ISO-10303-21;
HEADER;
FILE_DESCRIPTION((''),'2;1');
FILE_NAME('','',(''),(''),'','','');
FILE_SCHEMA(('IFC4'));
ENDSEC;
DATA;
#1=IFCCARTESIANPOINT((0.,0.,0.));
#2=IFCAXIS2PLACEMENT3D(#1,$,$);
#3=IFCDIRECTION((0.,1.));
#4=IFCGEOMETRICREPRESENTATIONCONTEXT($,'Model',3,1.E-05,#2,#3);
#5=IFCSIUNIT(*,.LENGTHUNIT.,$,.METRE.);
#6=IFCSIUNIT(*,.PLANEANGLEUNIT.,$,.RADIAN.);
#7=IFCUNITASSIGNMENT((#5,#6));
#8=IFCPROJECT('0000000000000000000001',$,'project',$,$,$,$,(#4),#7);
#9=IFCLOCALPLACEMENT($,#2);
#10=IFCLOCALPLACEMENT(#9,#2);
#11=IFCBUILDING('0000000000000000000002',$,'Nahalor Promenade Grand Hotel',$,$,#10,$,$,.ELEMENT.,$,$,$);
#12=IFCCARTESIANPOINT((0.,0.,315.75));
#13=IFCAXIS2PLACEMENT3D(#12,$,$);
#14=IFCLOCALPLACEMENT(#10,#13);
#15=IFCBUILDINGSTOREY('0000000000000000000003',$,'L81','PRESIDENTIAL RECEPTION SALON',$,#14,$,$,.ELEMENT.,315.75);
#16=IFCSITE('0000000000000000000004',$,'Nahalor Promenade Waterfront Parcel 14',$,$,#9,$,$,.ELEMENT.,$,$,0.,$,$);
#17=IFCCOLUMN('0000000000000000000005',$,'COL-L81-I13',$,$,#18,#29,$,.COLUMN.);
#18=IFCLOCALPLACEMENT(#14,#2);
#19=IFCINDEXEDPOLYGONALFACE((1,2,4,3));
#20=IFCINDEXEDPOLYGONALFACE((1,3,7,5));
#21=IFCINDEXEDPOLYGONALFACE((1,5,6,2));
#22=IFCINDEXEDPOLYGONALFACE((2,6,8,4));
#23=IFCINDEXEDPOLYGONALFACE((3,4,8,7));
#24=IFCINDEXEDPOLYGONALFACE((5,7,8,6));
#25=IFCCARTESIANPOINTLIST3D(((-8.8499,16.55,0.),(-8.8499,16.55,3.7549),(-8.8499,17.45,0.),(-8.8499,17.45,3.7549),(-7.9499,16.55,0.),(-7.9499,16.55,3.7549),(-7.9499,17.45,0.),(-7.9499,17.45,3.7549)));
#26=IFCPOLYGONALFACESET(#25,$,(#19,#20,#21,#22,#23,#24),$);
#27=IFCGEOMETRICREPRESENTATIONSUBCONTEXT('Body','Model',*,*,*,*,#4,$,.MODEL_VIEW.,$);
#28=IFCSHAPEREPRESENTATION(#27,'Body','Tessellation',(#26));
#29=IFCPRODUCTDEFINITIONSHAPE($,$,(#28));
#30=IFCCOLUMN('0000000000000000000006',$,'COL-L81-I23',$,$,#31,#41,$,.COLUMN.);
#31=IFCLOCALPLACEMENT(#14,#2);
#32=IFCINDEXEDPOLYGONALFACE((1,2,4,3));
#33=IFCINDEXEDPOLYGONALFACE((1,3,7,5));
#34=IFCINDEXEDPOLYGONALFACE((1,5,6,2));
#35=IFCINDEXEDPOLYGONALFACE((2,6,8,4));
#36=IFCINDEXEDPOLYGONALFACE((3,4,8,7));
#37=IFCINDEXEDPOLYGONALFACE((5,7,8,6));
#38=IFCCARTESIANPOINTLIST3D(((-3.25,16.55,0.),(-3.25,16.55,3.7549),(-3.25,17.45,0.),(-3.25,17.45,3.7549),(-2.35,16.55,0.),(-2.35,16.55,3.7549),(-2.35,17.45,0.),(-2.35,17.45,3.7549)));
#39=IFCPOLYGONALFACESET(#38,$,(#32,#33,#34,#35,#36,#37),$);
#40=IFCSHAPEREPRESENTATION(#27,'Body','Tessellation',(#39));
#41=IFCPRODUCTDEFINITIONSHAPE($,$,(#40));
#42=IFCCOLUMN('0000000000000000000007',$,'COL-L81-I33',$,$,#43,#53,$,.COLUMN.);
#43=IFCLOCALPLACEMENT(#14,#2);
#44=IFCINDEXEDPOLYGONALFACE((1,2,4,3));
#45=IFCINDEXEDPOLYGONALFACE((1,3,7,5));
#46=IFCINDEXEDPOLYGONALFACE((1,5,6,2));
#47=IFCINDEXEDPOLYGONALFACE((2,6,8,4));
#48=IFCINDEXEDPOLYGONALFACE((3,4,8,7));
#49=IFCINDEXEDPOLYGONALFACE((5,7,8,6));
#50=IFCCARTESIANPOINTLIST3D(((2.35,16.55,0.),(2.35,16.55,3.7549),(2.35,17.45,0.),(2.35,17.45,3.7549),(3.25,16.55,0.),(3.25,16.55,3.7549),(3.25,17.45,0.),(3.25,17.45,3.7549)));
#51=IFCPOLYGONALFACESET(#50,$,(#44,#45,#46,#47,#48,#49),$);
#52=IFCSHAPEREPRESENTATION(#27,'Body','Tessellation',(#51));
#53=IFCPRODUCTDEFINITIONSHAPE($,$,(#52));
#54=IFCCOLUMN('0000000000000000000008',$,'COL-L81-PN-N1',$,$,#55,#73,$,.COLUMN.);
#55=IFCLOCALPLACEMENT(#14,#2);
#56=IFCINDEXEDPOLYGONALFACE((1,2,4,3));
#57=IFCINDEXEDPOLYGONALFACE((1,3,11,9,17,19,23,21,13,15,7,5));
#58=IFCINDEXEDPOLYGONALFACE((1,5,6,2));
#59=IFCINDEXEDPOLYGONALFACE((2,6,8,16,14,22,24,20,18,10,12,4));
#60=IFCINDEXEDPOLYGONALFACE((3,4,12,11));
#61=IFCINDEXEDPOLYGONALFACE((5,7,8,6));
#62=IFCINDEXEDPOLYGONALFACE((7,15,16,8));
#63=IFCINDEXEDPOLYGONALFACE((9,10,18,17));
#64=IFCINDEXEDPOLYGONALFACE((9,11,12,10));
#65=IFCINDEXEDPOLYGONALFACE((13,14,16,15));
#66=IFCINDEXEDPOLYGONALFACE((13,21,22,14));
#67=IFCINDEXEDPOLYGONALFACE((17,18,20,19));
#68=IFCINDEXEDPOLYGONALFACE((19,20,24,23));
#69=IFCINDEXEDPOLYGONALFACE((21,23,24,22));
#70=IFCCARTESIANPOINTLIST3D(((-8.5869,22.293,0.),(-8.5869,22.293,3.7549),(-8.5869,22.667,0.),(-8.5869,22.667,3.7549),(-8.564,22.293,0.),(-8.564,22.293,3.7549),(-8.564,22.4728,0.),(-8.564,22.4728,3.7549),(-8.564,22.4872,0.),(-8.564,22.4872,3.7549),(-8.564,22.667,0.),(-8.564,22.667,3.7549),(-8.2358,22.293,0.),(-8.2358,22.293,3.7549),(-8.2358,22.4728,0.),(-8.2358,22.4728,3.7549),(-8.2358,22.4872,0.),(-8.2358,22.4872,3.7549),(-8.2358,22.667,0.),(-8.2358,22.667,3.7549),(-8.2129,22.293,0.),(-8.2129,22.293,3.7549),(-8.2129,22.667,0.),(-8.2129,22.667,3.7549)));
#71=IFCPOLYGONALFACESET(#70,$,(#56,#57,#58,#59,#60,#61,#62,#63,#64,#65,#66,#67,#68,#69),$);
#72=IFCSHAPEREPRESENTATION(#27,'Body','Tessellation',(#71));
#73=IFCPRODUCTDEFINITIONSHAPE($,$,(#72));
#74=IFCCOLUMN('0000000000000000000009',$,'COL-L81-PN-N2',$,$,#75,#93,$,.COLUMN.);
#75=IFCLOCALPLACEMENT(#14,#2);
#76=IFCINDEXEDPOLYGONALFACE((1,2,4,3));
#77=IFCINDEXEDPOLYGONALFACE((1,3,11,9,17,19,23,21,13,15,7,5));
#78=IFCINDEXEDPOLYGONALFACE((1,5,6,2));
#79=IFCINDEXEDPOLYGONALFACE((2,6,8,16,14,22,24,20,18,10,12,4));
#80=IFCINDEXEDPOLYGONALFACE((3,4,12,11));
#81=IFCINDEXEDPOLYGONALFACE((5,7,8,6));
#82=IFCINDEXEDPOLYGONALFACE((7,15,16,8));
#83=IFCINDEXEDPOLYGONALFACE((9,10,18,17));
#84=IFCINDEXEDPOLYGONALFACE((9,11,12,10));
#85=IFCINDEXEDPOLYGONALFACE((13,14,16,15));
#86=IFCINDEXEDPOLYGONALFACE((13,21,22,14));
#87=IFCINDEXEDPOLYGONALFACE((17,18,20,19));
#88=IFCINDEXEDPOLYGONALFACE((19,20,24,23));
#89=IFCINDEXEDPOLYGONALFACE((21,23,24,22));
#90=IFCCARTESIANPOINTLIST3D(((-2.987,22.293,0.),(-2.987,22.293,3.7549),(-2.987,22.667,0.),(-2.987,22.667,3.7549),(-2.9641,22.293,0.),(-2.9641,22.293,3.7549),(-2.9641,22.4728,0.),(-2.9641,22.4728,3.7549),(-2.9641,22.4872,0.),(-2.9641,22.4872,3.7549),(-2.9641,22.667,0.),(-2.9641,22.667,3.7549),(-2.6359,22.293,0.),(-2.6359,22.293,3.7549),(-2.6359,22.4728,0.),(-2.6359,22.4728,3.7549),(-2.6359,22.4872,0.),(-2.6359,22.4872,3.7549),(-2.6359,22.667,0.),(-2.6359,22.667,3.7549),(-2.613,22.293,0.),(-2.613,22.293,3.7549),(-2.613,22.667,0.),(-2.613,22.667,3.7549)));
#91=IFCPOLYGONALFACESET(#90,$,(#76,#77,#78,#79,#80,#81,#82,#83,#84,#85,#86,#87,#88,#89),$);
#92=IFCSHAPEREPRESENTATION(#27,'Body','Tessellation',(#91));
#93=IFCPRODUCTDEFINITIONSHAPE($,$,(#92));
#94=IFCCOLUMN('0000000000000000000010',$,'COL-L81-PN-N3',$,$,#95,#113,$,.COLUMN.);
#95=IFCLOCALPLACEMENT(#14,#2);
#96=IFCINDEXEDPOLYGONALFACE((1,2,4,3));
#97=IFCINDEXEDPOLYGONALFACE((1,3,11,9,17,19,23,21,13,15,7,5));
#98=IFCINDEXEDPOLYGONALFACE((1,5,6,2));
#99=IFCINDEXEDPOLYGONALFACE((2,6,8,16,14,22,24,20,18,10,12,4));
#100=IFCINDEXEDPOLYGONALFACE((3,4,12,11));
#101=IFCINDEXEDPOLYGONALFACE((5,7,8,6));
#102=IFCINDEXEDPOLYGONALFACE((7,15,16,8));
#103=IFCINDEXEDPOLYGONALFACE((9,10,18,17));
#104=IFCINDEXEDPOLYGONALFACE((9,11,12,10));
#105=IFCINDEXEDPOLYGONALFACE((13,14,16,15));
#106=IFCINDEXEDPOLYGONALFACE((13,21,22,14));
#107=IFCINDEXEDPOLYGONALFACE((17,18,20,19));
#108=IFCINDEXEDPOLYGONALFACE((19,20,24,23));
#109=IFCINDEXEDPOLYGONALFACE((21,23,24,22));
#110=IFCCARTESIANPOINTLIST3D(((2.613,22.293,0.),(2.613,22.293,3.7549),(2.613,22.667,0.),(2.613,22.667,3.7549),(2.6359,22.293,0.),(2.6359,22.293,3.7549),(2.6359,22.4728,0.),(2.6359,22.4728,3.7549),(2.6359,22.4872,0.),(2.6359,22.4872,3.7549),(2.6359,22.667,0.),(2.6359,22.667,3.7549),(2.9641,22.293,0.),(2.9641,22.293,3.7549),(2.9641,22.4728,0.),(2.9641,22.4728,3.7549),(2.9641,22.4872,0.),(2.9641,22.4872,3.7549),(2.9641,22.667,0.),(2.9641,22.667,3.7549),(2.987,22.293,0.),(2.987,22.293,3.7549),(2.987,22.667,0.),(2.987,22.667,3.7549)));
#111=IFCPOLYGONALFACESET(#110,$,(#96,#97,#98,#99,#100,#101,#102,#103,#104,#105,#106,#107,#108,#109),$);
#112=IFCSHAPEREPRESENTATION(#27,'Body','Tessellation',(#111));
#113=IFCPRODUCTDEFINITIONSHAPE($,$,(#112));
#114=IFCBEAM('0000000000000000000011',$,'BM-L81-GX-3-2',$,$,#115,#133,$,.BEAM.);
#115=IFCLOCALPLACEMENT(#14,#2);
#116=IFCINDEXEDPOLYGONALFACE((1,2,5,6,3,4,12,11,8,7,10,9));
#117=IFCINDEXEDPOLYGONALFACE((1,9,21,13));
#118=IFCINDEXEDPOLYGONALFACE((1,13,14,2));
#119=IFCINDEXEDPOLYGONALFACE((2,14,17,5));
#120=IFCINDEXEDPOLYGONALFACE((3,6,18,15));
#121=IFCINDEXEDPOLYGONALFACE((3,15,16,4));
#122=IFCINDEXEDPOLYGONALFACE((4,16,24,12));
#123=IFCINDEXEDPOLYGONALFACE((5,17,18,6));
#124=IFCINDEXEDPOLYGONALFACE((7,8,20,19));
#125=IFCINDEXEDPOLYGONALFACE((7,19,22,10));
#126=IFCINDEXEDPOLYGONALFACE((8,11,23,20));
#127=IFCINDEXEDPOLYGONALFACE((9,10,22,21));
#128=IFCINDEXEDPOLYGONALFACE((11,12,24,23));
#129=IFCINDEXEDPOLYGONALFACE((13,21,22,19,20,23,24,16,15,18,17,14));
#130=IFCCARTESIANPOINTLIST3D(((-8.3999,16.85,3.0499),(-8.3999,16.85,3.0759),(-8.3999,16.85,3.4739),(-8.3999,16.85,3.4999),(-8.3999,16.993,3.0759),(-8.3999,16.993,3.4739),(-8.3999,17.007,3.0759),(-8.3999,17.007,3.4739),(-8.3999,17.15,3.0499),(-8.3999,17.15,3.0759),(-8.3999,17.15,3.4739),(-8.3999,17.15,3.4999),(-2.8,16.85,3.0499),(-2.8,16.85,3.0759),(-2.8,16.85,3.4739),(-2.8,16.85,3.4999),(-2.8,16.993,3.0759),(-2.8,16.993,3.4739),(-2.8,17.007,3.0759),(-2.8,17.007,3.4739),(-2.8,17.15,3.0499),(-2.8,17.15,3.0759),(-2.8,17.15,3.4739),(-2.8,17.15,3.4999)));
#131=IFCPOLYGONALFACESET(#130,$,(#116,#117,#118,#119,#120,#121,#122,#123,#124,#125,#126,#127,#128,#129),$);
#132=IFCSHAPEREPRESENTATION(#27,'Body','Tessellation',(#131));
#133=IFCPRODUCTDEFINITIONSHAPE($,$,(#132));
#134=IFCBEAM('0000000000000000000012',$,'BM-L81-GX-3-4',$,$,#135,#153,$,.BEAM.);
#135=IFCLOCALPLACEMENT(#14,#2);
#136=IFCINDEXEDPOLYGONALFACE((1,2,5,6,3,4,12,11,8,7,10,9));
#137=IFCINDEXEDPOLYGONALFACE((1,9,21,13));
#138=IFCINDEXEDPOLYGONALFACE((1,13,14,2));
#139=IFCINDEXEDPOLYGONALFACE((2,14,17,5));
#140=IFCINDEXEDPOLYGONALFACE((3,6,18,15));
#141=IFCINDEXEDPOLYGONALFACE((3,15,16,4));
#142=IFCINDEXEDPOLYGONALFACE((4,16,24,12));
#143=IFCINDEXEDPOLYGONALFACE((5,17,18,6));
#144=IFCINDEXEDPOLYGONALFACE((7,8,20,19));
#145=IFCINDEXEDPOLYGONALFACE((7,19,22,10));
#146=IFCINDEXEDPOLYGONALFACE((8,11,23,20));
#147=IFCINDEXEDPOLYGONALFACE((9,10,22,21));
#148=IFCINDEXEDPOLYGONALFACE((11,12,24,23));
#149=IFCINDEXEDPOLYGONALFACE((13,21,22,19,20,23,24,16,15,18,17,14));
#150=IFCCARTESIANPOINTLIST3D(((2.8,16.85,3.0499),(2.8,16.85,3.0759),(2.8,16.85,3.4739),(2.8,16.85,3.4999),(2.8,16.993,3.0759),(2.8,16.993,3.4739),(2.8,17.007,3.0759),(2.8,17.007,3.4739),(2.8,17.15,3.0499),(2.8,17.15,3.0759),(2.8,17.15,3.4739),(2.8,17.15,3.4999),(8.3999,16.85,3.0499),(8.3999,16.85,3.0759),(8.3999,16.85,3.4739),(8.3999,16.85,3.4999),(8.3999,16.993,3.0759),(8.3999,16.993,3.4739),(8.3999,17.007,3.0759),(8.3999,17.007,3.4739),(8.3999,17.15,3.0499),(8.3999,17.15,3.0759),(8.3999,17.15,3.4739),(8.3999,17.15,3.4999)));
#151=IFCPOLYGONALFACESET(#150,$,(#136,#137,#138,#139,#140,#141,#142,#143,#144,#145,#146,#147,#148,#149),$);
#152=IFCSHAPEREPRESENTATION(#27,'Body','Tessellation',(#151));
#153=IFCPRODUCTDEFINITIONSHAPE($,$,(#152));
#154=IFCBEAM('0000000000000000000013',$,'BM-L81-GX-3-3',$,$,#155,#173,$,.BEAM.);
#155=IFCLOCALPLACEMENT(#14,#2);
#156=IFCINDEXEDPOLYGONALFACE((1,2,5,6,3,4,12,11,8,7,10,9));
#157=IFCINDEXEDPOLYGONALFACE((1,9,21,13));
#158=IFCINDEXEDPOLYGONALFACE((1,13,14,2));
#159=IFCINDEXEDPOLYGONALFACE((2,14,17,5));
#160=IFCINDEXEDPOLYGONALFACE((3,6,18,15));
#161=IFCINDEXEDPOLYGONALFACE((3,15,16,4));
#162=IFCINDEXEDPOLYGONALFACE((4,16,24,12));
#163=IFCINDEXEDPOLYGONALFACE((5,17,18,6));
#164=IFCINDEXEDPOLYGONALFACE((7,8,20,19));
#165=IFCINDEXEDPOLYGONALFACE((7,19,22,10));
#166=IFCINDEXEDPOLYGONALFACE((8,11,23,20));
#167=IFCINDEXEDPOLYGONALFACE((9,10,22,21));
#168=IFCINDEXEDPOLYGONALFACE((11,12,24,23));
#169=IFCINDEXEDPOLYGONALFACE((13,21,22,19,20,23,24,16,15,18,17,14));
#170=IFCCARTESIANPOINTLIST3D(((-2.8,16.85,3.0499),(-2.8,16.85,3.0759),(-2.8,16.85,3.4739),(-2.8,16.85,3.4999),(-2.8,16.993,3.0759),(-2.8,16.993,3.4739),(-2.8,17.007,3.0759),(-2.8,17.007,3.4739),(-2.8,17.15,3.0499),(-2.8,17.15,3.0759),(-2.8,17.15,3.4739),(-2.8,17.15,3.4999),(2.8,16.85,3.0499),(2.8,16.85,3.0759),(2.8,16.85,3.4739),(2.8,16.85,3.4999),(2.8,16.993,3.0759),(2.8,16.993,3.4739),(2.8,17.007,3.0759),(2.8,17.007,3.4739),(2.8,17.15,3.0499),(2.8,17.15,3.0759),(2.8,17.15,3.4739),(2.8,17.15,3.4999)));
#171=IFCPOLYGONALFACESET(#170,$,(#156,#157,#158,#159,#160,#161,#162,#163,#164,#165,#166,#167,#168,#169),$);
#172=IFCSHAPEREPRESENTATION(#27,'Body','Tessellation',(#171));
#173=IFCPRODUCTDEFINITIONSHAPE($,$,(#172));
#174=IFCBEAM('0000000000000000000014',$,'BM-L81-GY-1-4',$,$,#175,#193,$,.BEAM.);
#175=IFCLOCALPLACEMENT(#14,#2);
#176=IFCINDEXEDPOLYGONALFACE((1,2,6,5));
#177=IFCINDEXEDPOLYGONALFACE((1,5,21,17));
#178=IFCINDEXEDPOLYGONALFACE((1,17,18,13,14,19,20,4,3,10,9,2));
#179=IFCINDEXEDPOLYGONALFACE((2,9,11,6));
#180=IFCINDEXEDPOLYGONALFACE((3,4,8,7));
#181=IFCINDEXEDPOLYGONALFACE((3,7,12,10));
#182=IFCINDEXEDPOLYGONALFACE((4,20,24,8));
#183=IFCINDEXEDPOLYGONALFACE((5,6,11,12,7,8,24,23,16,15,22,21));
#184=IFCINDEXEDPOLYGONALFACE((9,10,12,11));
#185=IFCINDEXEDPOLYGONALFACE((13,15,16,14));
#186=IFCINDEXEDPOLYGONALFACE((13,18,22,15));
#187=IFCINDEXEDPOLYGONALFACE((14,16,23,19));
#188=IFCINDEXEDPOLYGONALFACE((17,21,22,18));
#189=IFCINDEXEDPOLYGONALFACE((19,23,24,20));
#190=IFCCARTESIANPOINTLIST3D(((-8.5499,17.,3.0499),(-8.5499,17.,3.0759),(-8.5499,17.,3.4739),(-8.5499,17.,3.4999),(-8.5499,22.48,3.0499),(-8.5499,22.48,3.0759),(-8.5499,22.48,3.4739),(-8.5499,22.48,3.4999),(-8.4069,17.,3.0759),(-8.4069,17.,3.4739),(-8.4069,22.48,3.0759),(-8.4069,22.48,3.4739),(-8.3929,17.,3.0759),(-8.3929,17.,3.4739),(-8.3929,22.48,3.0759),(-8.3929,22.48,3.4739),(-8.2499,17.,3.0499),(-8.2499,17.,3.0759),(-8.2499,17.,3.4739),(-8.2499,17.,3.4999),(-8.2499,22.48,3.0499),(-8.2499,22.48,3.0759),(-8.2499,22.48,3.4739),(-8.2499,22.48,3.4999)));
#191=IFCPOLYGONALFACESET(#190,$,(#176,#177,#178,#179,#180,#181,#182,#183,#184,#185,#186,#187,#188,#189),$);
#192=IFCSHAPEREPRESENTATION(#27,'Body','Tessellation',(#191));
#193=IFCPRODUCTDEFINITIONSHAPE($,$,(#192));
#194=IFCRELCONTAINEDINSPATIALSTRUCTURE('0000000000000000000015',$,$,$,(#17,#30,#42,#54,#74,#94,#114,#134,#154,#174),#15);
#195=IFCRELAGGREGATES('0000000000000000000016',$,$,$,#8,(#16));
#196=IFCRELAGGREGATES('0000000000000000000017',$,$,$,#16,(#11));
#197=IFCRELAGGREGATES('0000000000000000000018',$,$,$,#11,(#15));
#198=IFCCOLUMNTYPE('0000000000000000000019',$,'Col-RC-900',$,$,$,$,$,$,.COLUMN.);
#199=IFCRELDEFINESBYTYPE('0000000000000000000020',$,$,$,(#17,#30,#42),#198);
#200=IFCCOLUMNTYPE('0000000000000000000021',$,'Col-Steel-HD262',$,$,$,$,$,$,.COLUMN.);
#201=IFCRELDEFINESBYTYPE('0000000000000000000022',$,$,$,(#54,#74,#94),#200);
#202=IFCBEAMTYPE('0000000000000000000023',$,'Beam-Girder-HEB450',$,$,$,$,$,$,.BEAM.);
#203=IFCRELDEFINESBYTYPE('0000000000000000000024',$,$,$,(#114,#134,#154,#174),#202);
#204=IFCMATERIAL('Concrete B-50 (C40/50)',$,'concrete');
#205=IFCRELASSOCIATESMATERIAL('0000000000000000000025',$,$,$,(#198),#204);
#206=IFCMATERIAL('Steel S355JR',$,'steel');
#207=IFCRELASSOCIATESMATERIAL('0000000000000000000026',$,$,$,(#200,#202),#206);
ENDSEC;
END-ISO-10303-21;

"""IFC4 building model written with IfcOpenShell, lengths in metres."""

from ifc_helpers import new_model, si_unit, direction, frame, origin, origin_2d, place, context, subcontext, project, spatial, rectangle, i_section, extrude, source, transform, mapped, material, material_profile, profile_set, type_object, element, save


model = new_model("IFC4")

# Units and contexts
model_context = context("Model", 3, precision=1e-05, world=origin(), true_north=direction((0.0, 1.0)))
body_context = subcontext(model_context, "Body", "Model", "MODEL_VIEW")
ifc_project = project(units=[si_unit("LENGTHUNIT", "METRE"), si_unit("PLANEANGLEUNIT", "RADIAN")], contexts=[model_context])

# Site, building, storey
site_placement = place(None, origin())
site = spatial("IfcSite", under=ifc_project, at=site_placement, Name="Nahalor Promenade Waterfront Parcel 14", CompositionType="ELEMENT", RefElevation=0.0)
building_placement = place(site_placement, origin())
building = spatial("IfcBuilding", under=site, at=building_placement, Name="Nahalor Promenade Grand Hotel", CompositionType="ELEMENT")
storey_placement = place(building_placement, frame((0.0, 0.0, 315.75)))
storey = spatial("IfcBuildingStorey", under=building, at=storey_placement, Name="L81", Description="PRESIDENTIAL RECEPTION SALON", CompositionType="ELEMENT", Elevation=315.75)

# Columns
ifc_material_1 = material(Name="Concrete B-50 (C40/50)", Category="concrete")
ifc_material_profile_1 = material_profile(ifc_material_1, rectangle(XDim=0.9, YDim=0.9, at=origin_2d()), Name="RC 900x900")
ifc_profile_set_1 = profile_set([ifc_material_profile_1], Name="Concrete B-50 (C40/50)")
column_type_1 = type_object("IfcColumnType", Name="Col-RC-900", PredefinedType="COLUMN", material=ifc_profile_set_1)
shared_shape_1 = source(origin(), body_context, "Body", "SweptSolid", [
    extrude(rectangle(XDim=0.9, YDim=0.9, at=origin_2d()), origin(), (0.0, 0.0, 1.0), 3.7549),
])
for number, where, z_axis, x_axis, name in (
    (1, (-8.3999, 17.0, 0.0), (0.0, 0.0, 1.0), (1.0, 0.0, 0.0), "COL-L81-I13"),
    (2, (-2.8, 17.0, 0.0), (0.0, 0.0, 1.0), (1.0, 0.0, 0.0), "COL-L81-I23"),
    (3, (2.8, 17.0, 0.0), (0.0, 0.0, 1.0), (1.0, 0.0, 0.0), "COL-L81-I33"),
):
    element("IfcColumn", number, at=place(storey_placement, frame(where, z_axis=z_axis, x_axis=x_axis)), inside=storey, type_object=column_type_1, Name=name, PredefinedType="COLUMN", context=body_context, shape_type="MappedRepresentation", body=[
        mapped(shared_shape_1, transform((0.0, 0.0, 0.0), scale=1.0)),
    ])
ifc_material_2 = material(Name="Steel S355JR", Category="steel")
ifc_material_profile_2 = material_profile(ifc_material_2, i_section(OverallWidth=0.374, OverallDepth=0.374, WebThickness=0.0144, FlangeThickness=0.0229, at=origin_2d()), Name="HD 360x262")
ifc_profile_set_2 = profile_set([ifc_material_profile_2], Name="Steel S355JR")
column_type_2 = type_object("IfcColumnType", Name="Col-Steel-HD262", PredefinedType="COLUMN", material=ifc_profile_set_2)
shared_shape_2 = source(origin(), body_context, "Body", "SweptSolid", [
    extrude(i_section(OverallWidth=0.374, OverallDepth=0.374, WebThickness=0.0144, FlangeThickness=0.0229, at=origin_2d()), origin(), (0.0, 0.0, 1.0), 3.7549),
])
for number, where, z_axis, x_axis, name in (
    (4, (-8.3999, 22.48, 0.0), (0.0, 0.0, 1.0), (0.0, 1.0, 0.0), "COL-L81-PN-N1"),
    (5, (-2.8, 22.48, 0.0), (0.0, 0.0, 1.0), (0.0, 1.0, 0.0), "COL-L81-PN-N2"),
    (6, (2.8, 22.48, 0.0), (0.0, 0.0, 1.0), (0.0, 1.0, 0.0), "COL-L81-PN-N3"),
):
    element("IfcColumn", number, at=place(storey_placement, frame(where, z_axis=z_axis, x_axis=x_axis)), inside=storey, type_object=column_type_2, Name=name, PredefinedType="COLUMN", context=body_context, shape_type="MappedRepresentation", body=[
        mapped(shared_shape_2, transform((0.0, 0.0, 0.0), scale=1.0)),
    ])

# Beams
ifc_material_profile_3 = material_profile(ifc_material_2, i_section(OverallWidth=0.3, OverallDepth=0.45, WebThickness=0.014, FlangeThickness=0.026, at=origin_2d()), Name="HEB 450")
ifc_profile_set_3 = profile_set([ifc_material_profile_3], Name="Steel S355JR")
beam_type_1 = type_object("IfcBeamType", Name="Beam-Girder-HEB450", PredefinedType="BEAM", material=ifc_profile_set_3)
shared_shape_3 = source(origin(), body_context, "Body", "SweptSolid", [
    extrude(i_section(OverallWidth=0.3, OverallDepth=0.45, WebThickness=0.014, FlangeThickness=0.026, at=origin_2d()), origin(), (0.0, 0.0, 1.0), 5.5999),
])
for number, where, z_axis, x_axis, name in (
    (7, (-8.3999, 17.0, 3.2749), (1.0, 0.0, 0.0), (0.0, 1.0, 0.0), "BM-L81-GX-3-2"),
    (8, (2.8, 17.0, 3.2749), (1.0, 0.0, 0.0), (0.0, 1.0, 0.0), "BM-L81-GX-3-4"),
):
    element("IfcBeam", number, at=place(storey_placement, frame(where, z_axis=z_axis, x_axis=x_axis)), inside=storey, type_object=beam_type_1, Name=name, PredefinedType="BEAM", context=body_context, shape_type="MappedRepresentation", body=[
        mapped(shared_shape_3, transform((0.0, 0.0, 0.0), scale=1.0)),
    ])
shared_shape_4 = source(origin(), body_context, "Body", "SweptSolid", [
    extrude(i_section(OverallWidth=0.3, OverallDepth=0.45, WebThickness=0.014, FlangeThickness=0.026, at=origin_2d()), origin(), (0.0, 0.0, 1.0), 5.6001),
])
beam_1_placement = place(storey_placement, frame((-2.8, 17.0, 3.2749), z_axis=(1.0, 0.0, 0.0), x_axis=(0.0, 1.0, 0.0)))
element("IfcBeam", 9, at=beam_1_placement, inside=storey, type_object=beam_type_1, Name="BM-L81-GX-3-3", PredefinedType="BEAM", context=body_context, shape_type="MappedRepresentation", body=[
    mapped(shared_shape_4, transform((0.0, 0.0, 0.0), scale=1.0)),
])
shared_shape_5 = source(origin(), body_context, "Body", "SweptSolid", [
    extrude(i_section(OverallWidth=0.3, OverallDepth=0.45, WebThickness=0.014, FlangeThickness=0.026, at=origin_2d()), origin(), (0.0, 0.0, 1.0), 5.48),
])
for number, where, z_axis, x_axis, name in (
    (10, (-8.3999, 17.0, 3.2749), (0.0, 1.0, 0.0), (-1.0, 0.0, 0.0), "BM-L81-GY-1-4"),
):
    element("IfcBeam", number, at=place(storey_placement, frame(where, z_axis=z_axis, x_axis=x_axis)), inside=storey, type_object=beam_type_1, Name=name, PredefinedType="BEAM", context=body_context, shape_type="MappedRepresentation", body=[
        mapped(shared_shape_5, transform((0.0, 0.0, 0.0), scale=1.0)),
    ])

save(model, "model.ifc")
